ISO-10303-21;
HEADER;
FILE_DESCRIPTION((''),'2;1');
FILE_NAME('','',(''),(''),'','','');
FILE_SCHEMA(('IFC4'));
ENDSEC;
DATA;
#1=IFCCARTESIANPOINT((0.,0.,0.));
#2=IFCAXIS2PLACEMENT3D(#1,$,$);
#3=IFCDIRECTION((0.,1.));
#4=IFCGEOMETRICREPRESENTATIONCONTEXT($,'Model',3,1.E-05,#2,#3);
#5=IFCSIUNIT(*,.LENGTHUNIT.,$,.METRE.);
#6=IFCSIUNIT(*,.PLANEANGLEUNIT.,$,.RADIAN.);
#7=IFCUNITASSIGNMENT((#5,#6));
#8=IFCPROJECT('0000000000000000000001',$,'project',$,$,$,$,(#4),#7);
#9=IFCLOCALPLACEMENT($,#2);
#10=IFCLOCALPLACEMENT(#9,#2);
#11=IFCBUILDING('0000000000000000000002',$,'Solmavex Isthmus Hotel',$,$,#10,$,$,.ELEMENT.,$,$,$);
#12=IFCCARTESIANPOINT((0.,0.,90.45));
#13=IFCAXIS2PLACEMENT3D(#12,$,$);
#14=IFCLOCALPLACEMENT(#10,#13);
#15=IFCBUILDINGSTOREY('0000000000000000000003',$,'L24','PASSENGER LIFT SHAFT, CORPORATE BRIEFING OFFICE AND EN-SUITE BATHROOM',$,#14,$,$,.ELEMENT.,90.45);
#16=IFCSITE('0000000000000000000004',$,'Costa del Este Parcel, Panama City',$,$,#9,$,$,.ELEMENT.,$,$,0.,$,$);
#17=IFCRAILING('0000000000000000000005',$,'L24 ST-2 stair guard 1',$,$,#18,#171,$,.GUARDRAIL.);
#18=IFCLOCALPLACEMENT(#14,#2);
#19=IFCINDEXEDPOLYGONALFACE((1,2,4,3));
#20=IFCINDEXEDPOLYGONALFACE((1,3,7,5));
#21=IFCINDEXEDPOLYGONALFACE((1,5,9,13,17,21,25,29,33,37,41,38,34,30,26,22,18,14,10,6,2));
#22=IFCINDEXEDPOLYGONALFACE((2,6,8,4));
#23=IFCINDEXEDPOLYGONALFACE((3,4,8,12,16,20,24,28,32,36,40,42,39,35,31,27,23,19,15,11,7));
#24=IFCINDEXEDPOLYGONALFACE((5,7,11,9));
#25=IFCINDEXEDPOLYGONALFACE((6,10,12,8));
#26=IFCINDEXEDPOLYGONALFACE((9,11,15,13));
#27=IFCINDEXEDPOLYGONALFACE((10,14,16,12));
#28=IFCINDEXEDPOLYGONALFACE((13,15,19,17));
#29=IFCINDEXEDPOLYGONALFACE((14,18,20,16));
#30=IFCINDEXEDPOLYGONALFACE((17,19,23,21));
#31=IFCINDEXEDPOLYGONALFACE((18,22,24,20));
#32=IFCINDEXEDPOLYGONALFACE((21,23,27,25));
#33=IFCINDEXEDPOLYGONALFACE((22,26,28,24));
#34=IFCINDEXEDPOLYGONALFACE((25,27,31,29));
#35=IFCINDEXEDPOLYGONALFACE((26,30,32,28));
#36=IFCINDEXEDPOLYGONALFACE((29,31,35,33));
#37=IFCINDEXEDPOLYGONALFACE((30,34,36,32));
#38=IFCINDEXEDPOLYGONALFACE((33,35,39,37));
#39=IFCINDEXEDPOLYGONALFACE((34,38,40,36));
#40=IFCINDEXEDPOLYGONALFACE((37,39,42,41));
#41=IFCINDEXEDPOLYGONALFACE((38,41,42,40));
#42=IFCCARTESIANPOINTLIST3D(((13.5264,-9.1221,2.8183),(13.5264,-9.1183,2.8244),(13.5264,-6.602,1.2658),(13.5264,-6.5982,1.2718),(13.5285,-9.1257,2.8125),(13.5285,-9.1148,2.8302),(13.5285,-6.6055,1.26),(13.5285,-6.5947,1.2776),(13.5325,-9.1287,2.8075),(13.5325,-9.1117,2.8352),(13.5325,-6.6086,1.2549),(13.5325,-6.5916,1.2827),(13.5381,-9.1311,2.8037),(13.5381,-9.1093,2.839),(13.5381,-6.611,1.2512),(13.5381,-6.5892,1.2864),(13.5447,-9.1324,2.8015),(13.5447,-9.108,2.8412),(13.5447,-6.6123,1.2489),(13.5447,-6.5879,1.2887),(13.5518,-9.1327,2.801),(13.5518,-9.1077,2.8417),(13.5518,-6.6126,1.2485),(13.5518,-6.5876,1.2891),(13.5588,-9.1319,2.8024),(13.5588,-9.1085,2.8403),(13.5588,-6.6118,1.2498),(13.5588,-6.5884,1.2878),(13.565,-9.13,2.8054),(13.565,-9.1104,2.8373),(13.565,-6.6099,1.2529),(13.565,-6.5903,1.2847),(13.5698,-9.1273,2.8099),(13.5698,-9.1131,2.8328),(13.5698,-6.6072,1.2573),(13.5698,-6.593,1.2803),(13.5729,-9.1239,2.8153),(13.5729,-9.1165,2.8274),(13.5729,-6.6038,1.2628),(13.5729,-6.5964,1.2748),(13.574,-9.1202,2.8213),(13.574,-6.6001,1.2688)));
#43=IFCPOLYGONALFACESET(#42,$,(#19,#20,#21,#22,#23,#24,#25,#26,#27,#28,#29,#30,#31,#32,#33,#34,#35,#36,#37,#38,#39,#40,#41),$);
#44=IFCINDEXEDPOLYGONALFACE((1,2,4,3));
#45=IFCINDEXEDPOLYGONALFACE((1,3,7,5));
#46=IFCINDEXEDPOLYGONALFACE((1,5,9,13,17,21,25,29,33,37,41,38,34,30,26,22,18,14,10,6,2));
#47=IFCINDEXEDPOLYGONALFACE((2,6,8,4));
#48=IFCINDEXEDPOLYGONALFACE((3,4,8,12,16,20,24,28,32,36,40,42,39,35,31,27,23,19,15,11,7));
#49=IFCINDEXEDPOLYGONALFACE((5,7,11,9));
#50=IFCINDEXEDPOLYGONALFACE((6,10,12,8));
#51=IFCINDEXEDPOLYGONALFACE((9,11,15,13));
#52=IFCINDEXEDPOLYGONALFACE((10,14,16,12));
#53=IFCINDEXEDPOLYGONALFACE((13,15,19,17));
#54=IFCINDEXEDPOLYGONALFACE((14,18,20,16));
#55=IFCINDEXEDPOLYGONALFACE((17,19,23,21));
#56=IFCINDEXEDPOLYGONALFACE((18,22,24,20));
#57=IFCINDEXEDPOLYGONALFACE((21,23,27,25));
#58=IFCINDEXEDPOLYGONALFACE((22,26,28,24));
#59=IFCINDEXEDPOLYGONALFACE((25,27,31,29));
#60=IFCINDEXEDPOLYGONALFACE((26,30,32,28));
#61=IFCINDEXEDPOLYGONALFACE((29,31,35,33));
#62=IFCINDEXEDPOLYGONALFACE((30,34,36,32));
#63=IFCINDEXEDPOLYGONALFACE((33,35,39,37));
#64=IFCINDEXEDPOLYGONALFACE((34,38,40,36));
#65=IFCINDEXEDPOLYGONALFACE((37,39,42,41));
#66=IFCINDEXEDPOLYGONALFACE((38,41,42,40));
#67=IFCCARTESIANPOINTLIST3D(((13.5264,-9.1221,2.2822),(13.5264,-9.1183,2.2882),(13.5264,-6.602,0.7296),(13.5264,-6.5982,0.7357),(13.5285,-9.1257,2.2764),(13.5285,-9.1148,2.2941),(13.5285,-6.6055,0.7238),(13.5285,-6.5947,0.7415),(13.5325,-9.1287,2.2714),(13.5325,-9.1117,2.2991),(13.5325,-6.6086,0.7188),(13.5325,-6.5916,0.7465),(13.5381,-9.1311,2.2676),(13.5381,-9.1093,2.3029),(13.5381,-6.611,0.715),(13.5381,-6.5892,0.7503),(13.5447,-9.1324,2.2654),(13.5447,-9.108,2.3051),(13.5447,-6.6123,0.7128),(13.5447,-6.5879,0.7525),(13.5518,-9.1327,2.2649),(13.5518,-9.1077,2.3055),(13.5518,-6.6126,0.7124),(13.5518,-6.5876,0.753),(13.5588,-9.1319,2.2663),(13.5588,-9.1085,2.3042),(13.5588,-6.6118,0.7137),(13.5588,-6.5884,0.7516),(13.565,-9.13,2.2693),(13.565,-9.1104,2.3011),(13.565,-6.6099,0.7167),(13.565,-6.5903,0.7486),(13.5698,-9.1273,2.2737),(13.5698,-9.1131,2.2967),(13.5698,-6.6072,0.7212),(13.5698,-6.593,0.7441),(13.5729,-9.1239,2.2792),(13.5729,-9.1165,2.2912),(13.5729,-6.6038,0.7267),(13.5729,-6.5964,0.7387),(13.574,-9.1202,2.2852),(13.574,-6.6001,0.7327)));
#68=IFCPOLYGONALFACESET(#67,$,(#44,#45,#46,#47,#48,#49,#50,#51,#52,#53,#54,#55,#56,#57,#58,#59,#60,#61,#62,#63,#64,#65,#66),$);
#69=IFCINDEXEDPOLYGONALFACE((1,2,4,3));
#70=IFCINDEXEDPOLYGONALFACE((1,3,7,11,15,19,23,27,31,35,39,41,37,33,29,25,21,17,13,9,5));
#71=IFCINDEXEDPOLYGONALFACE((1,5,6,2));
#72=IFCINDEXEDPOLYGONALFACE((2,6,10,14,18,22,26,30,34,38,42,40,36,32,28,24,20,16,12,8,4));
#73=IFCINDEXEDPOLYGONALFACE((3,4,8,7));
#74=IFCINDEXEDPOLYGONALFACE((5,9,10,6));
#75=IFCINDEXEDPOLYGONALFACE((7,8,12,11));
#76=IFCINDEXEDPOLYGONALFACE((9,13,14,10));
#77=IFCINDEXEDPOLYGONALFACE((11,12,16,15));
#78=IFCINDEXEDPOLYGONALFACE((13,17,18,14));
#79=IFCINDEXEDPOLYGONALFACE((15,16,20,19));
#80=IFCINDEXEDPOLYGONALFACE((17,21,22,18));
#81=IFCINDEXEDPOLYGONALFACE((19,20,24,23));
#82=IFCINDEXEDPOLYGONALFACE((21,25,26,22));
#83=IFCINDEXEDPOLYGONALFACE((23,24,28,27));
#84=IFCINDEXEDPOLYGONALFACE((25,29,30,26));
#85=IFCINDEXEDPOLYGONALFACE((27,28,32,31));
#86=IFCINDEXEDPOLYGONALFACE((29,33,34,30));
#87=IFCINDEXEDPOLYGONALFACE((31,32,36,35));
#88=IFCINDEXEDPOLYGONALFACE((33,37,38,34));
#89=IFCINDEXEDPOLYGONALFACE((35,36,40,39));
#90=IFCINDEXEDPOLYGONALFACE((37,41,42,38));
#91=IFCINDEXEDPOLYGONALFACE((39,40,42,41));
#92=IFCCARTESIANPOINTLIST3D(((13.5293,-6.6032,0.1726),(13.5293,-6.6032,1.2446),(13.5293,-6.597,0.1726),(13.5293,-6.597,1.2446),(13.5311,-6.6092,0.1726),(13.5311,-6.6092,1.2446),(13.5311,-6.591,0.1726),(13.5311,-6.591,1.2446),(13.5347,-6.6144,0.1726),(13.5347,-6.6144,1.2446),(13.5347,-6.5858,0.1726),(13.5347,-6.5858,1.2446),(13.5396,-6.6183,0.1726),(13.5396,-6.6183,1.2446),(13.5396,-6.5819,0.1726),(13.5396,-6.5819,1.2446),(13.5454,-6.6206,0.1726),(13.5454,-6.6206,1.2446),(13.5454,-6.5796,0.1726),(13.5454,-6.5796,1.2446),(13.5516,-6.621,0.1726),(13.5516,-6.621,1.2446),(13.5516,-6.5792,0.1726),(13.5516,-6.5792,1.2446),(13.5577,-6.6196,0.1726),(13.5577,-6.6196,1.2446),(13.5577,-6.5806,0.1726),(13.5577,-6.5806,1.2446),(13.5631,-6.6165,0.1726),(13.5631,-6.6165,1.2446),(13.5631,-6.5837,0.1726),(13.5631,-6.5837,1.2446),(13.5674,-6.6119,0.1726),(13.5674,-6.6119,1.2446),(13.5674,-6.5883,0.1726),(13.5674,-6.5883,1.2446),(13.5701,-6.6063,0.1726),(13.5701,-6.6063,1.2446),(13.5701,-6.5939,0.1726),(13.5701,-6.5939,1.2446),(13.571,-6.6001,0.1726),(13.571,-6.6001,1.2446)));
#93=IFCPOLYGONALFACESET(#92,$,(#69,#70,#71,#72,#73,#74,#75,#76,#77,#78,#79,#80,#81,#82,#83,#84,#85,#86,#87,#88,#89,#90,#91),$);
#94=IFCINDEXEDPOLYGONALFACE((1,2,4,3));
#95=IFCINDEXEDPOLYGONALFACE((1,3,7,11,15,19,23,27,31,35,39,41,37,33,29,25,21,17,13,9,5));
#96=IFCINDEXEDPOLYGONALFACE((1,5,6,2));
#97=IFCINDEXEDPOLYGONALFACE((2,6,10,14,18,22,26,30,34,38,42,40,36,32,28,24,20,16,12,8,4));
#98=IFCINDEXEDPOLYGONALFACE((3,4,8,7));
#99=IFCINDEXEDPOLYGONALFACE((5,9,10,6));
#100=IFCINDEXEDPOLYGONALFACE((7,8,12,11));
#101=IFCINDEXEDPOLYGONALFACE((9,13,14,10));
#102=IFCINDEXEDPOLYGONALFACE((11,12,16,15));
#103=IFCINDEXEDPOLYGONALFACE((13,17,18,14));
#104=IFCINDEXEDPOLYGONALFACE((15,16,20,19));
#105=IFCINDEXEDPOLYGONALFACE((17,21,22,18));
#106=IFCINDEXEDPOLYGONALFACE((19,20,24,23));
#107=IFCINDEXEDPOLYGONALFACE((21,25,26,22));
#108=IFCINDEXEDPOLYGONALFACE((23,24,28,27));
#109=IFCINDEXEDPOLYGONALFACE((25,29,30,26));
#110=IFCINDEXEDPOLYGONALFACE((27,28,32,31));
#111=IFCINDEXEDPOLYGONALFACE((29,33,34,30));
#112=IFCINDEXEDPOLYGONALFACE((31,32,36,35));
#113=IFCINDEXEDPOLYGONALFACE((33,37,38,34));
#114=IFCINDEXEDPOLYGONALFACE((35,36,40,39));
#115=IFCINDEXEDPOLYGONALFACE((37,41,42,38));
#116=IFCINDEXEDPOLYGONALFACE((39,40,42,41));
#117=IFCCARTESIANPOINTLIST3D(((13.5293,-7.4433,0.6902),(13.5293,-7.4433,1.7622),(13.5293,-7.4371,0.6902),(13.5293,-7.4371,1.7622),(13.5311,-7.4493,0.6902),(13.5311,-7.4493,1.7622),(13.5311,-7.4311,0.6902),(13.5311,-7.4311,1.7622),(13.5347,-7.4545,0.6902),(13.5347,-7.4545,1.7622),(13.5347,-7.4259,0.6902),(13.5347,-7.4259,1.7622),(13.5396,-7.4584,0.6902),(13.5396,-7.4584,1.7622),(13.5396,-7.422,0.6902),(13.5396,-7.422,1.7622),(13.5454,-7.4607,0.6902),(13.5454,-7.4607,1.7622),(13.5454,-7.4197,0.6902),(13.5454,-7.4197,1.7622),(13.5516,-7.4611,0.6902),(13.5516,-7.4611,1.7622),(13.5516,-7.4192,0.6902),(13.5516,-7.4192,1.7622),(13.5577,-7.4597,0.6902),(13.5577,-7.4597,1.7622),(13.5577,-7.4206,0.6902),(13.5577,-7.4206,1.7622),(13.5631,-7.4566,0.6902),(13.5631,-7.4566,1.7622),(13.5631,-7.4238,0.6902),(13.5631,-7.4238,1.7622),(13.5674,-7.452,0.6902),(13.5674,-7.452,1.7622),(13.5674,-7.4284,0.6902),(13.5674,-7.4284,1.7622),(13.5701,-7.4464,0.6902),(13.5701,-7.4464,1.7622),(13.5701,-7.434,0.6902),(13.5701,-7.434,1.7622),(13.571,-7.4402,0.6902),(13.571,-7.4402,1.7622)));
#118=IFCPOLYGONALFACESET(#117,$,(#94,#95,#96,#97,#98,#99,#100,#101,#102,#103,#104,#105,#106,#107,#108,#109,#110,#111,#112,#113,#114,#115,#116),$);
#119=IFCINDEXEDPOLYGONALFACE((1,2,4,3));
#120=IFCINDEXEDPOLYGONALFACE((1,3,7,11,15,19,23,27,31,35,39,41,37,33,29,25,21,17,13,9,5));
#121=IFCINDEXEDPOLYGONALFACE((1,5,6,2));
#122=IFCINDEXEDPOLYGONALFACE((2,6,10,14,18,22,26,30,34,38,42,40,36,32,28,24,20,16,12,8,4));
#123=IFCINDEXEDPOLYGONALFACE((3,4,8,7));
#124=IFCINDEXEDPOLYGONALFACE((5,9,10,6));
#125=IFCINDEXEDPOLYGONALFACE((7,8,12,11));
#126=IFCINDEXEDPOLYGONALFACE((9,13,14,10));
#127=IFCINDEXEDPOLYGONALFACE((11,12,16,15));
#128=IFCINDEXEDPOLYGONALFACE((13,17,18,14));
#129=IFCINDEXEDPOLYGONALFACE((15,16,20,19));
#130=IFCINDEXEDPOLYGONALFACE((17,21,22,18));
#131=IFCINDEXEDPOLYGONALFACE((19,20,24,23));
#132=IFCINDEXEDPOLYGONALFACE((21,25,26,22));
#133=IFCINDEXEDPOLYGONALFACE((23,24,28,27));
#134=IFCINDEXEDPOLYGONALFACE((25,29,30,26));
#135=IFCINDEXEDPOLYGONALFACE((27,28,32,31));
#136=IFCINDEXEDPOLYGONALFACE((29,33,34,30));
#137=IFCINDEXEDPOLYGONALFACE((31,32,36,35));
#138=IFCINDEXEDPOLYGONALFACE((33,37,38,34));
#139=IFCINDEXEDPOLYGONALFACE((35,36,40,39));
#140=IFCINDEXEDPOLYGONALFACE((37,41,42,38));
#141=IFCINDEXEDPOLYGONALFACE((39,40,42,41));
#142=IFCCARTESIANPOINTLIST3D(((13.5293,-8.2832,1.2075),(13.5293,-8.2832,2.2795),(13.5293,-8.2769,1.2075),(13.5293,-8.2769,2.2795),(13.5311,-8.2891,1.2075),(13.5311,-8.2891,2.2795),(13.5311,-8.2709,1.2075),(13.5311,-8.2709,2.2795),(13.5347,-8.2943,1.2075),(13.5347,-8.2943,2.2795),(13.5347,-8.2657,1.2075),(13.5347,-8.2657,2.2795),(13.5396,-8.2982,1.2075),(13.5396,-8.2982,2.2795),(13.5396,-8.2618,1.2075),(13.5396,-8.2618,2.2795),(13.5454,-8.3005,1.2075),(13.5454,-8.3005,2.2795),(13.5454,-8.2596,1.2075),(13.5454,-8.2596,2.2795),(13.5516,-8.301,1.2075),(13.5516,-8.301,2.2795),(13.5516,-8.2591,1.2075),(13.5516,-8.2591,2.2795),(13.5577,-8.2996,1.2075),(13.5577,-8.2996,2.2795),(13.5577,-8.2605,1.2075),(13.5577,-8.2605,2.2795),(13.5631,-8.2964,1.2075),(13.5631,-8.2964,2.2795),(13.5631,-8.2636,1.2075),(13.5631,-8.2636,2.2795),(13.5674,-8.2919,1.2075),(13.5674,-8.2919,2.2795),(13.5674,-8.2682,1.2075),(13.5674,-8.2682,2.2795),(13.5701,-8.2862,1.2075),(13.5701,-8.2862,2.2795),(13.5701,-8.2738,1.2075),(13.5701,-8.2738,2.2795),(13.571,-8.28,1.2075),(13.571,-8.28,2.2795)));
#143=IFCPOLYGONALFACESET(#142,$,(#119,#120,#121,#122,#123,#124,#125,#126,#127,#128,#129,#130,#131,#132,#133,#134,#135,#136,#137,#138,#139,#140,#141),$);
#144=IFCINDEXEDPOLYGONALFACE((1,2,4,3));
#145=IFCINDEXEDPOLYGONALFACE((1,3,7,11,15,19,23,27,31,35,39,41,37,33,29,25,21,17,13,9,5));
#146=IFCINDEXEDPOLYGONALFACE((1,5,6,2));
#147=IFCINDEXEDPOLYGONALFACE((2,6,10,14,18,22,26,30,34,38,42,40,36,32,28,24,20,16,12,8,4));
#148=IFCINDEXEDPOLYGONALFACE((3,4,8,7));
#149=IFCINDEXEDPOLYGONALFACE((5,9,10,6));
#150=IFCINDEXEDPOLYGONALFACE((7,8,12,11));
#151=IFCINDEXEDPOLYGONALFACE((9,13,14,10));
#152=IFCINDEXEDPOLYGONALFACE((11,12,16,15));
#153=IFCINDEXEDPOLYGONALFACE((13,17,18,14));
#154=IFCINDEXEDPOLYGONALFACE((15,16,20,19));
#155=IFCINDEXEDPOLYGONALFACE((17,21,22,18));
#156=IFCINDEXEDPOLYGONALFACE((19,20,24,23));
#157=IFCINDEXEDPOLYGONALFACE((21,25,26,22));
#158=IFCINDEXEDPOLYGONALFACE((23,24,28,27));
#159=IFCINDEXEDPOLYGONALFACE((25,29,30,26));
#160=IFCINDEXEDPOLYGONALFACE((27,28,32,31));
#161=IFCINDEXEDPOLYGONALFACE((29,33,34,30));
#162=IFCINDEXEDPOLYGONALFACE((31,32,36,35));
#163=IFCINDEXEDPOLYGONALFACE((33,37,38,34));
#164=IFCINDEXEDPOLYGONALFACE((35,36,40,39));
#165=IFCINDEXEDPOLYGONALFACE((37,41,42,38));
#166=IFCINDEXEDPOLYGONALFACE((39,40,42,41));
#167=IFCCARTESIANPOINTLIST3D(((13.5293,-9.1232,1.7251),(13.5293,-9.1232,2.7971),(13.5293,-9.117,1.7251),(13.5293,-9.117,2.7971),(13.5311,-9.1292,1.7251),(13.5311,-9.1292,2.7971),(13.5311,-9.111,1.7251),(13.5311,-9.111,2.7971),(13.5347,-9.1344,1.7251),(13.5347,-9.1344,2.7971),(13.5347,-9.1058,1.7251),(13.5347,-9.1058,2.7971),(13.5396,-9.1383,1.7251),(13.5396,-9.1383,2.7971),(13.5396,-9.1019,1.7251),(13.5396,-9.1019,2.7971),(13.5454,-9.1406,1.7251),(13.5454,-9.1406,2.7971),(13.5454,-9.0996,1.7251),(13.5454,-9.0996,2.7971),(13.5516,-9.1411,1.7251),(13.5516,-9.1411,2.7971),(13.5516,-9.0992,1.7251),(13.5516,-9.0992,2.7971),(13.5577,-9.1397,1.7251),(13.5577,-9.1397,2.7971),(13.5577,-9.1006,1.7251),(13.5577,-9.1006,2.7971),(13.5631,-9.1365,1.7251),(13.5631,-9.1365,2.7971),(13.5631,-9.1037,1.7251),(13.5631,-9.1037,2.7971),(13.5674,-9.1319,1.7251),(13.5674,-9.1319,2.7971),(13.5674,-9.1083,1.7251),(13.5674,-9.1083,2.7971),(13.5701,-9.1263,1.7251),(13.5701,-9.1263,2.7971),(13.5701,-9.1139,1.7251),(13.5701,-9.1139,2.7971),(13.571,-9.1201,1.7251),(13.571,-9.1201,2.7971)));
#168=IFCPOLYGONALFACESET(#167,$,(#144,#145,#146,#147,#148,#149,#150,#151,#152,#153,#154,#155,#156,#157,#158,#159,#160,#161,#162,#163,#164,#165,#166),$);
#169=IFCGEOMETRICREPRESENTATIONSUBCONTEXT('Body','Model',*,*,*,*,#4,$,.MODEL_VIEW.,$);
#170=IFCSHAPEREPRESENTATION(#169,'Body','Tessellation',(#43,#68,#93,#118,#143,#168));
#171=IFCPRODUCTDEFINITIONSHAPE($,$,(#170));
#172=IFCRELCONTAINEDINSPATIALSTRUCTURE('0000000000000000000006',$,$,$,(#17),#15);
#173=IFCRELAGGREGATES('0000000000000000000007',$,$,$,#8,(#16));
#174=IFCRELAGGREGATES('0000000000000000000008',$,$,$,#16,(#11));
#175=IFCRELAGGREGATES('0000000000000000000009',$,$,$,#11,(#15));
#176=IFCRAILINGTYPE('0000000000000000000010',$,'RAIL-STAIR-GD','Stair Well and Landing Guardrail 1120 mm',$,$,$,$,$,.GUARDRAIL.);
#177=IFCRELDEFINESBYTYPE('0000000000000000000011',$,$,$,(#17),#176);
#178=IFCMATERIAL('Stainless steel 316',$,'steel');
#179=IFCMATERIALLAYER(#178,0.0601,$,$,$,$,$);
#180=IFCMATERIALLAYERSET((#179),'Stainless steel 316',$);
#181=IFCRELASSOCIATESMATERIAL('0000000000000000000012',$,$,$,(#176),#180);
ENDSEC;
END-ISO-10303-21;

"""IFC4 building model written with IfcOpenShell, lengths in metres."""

from ifc_helpers import new_model, si_unit, direction, frame, origin, origin_2d, place, context, subcontext, project, spatial, circle, extrude, material, layer, layer_set, type_object, element, save


model = new_model("IFC4")

# Units and contexts
model_context = context("Model", 3, precision=1e-05, world=origin(), true_north=direction((0.0, 1.0)))
body_context = subcontext(model_context, "Body", "Model", "MODEL_VIEW")
ifc_project = project(units=[si_unit("LENGTHUNIT", "METRE"), si_unit("PLANEANGLEUNIT", "RADIAN")], contexts=[model_context])

# Site, building, storey
site_placement = place(None, origin())
site = spatial("IfcSite", under=ifc_project, at=site_placement, Name="Costa del Este Parcel, Panama City", CompositionType="ELEMENT", RefElevation=0.0)
building_placement = place(site_placement, origin())
building = spatial("IfcBuilding", under=site, at=building_placement, Name="Solmavex Isthmus Hotel", CompositionType="ELEMENT")
storey_placement = place(building_placement, frame((0.0, 0.0, 90.45)))
storey = spatial("IfcBuildingStorey", under=building, at=storey_placement, Name="L24", Description="PASSENGER LIFT SHAFT, CORPORATE BRIEFING OFFICE AND EN-SUITE BATHROOM", CompositionType="ELEMENT", Elevation=90.45)

# Shared definitions
ifc_material_1 = material(Name="Stainless steel 316", Category="steel")

# Railing
ifc_layer_1 = layer(ifc_material_1, 0.0601)
ifc_layer_set_1 = layer_set([ifc_layer_1], Name="Stainless steel 316")
railing_type_1 = type_object("IfcRailingType", Name="RAIL-STAIR-GD", Description="Stair Well and Landing Guardrail 1120 mm", PredefinedType="GUARDRAIL", material=ifc_layer_set_1)
railing_1_placement = place(storey_placement, frame((13.55, -6.6001, 0.1726)))
element("IfcRailing", 1, at=railing_1_placement, inside=storey, type_object=railing_type_1, Name="L24 ST-2 stair guard 1", PredefinedType="GUARDRAIL", context=body_context, shape_type="SweptSolid", body=[
    extrude(circle(Radius=0.0239, at=origin_2d()), frame((0.0, 0.0, 1.0962), z_axis=(0.0, -0.8514, 0.524516), x_axis=(1.0, 0.0, 0.0)), (0.0, 0.0, 1.0), 2.96),
    extrude(circle(Radius=0.0239, at=origin_2d()), frame((0.0, 0.0, 0.5601), z_axis=(0.0, -0.8514, 0.524516), x_axis=(1.0, 0.0, 0.0)), (0.0, 0.0, 1.0), 2.96),
    extrude(circle(Radius=0.021, at=origin_2d()), origin(), (0.0, 0.0, 1.0), 1.072),
    extrude(circle(Radius=0.021, at=origin_2d()), frame((0.0, -0.8401, 0.5176)), (0.0, 0.0, 1.0), 1.072),
    extrude(circle(Radius=0.021, at=origin_2d()), frame((0.0, -1.6799, 1.0349)), (0.0, 0.0, 1.0), 1.072),
    extrude(circle(Radius=0.021, at=origin_2d()), frame((0.0, -2.52, 1.5525)), (0.0, 0.0, 1.0), 1.072),
])

save(model, "model.ifc")
